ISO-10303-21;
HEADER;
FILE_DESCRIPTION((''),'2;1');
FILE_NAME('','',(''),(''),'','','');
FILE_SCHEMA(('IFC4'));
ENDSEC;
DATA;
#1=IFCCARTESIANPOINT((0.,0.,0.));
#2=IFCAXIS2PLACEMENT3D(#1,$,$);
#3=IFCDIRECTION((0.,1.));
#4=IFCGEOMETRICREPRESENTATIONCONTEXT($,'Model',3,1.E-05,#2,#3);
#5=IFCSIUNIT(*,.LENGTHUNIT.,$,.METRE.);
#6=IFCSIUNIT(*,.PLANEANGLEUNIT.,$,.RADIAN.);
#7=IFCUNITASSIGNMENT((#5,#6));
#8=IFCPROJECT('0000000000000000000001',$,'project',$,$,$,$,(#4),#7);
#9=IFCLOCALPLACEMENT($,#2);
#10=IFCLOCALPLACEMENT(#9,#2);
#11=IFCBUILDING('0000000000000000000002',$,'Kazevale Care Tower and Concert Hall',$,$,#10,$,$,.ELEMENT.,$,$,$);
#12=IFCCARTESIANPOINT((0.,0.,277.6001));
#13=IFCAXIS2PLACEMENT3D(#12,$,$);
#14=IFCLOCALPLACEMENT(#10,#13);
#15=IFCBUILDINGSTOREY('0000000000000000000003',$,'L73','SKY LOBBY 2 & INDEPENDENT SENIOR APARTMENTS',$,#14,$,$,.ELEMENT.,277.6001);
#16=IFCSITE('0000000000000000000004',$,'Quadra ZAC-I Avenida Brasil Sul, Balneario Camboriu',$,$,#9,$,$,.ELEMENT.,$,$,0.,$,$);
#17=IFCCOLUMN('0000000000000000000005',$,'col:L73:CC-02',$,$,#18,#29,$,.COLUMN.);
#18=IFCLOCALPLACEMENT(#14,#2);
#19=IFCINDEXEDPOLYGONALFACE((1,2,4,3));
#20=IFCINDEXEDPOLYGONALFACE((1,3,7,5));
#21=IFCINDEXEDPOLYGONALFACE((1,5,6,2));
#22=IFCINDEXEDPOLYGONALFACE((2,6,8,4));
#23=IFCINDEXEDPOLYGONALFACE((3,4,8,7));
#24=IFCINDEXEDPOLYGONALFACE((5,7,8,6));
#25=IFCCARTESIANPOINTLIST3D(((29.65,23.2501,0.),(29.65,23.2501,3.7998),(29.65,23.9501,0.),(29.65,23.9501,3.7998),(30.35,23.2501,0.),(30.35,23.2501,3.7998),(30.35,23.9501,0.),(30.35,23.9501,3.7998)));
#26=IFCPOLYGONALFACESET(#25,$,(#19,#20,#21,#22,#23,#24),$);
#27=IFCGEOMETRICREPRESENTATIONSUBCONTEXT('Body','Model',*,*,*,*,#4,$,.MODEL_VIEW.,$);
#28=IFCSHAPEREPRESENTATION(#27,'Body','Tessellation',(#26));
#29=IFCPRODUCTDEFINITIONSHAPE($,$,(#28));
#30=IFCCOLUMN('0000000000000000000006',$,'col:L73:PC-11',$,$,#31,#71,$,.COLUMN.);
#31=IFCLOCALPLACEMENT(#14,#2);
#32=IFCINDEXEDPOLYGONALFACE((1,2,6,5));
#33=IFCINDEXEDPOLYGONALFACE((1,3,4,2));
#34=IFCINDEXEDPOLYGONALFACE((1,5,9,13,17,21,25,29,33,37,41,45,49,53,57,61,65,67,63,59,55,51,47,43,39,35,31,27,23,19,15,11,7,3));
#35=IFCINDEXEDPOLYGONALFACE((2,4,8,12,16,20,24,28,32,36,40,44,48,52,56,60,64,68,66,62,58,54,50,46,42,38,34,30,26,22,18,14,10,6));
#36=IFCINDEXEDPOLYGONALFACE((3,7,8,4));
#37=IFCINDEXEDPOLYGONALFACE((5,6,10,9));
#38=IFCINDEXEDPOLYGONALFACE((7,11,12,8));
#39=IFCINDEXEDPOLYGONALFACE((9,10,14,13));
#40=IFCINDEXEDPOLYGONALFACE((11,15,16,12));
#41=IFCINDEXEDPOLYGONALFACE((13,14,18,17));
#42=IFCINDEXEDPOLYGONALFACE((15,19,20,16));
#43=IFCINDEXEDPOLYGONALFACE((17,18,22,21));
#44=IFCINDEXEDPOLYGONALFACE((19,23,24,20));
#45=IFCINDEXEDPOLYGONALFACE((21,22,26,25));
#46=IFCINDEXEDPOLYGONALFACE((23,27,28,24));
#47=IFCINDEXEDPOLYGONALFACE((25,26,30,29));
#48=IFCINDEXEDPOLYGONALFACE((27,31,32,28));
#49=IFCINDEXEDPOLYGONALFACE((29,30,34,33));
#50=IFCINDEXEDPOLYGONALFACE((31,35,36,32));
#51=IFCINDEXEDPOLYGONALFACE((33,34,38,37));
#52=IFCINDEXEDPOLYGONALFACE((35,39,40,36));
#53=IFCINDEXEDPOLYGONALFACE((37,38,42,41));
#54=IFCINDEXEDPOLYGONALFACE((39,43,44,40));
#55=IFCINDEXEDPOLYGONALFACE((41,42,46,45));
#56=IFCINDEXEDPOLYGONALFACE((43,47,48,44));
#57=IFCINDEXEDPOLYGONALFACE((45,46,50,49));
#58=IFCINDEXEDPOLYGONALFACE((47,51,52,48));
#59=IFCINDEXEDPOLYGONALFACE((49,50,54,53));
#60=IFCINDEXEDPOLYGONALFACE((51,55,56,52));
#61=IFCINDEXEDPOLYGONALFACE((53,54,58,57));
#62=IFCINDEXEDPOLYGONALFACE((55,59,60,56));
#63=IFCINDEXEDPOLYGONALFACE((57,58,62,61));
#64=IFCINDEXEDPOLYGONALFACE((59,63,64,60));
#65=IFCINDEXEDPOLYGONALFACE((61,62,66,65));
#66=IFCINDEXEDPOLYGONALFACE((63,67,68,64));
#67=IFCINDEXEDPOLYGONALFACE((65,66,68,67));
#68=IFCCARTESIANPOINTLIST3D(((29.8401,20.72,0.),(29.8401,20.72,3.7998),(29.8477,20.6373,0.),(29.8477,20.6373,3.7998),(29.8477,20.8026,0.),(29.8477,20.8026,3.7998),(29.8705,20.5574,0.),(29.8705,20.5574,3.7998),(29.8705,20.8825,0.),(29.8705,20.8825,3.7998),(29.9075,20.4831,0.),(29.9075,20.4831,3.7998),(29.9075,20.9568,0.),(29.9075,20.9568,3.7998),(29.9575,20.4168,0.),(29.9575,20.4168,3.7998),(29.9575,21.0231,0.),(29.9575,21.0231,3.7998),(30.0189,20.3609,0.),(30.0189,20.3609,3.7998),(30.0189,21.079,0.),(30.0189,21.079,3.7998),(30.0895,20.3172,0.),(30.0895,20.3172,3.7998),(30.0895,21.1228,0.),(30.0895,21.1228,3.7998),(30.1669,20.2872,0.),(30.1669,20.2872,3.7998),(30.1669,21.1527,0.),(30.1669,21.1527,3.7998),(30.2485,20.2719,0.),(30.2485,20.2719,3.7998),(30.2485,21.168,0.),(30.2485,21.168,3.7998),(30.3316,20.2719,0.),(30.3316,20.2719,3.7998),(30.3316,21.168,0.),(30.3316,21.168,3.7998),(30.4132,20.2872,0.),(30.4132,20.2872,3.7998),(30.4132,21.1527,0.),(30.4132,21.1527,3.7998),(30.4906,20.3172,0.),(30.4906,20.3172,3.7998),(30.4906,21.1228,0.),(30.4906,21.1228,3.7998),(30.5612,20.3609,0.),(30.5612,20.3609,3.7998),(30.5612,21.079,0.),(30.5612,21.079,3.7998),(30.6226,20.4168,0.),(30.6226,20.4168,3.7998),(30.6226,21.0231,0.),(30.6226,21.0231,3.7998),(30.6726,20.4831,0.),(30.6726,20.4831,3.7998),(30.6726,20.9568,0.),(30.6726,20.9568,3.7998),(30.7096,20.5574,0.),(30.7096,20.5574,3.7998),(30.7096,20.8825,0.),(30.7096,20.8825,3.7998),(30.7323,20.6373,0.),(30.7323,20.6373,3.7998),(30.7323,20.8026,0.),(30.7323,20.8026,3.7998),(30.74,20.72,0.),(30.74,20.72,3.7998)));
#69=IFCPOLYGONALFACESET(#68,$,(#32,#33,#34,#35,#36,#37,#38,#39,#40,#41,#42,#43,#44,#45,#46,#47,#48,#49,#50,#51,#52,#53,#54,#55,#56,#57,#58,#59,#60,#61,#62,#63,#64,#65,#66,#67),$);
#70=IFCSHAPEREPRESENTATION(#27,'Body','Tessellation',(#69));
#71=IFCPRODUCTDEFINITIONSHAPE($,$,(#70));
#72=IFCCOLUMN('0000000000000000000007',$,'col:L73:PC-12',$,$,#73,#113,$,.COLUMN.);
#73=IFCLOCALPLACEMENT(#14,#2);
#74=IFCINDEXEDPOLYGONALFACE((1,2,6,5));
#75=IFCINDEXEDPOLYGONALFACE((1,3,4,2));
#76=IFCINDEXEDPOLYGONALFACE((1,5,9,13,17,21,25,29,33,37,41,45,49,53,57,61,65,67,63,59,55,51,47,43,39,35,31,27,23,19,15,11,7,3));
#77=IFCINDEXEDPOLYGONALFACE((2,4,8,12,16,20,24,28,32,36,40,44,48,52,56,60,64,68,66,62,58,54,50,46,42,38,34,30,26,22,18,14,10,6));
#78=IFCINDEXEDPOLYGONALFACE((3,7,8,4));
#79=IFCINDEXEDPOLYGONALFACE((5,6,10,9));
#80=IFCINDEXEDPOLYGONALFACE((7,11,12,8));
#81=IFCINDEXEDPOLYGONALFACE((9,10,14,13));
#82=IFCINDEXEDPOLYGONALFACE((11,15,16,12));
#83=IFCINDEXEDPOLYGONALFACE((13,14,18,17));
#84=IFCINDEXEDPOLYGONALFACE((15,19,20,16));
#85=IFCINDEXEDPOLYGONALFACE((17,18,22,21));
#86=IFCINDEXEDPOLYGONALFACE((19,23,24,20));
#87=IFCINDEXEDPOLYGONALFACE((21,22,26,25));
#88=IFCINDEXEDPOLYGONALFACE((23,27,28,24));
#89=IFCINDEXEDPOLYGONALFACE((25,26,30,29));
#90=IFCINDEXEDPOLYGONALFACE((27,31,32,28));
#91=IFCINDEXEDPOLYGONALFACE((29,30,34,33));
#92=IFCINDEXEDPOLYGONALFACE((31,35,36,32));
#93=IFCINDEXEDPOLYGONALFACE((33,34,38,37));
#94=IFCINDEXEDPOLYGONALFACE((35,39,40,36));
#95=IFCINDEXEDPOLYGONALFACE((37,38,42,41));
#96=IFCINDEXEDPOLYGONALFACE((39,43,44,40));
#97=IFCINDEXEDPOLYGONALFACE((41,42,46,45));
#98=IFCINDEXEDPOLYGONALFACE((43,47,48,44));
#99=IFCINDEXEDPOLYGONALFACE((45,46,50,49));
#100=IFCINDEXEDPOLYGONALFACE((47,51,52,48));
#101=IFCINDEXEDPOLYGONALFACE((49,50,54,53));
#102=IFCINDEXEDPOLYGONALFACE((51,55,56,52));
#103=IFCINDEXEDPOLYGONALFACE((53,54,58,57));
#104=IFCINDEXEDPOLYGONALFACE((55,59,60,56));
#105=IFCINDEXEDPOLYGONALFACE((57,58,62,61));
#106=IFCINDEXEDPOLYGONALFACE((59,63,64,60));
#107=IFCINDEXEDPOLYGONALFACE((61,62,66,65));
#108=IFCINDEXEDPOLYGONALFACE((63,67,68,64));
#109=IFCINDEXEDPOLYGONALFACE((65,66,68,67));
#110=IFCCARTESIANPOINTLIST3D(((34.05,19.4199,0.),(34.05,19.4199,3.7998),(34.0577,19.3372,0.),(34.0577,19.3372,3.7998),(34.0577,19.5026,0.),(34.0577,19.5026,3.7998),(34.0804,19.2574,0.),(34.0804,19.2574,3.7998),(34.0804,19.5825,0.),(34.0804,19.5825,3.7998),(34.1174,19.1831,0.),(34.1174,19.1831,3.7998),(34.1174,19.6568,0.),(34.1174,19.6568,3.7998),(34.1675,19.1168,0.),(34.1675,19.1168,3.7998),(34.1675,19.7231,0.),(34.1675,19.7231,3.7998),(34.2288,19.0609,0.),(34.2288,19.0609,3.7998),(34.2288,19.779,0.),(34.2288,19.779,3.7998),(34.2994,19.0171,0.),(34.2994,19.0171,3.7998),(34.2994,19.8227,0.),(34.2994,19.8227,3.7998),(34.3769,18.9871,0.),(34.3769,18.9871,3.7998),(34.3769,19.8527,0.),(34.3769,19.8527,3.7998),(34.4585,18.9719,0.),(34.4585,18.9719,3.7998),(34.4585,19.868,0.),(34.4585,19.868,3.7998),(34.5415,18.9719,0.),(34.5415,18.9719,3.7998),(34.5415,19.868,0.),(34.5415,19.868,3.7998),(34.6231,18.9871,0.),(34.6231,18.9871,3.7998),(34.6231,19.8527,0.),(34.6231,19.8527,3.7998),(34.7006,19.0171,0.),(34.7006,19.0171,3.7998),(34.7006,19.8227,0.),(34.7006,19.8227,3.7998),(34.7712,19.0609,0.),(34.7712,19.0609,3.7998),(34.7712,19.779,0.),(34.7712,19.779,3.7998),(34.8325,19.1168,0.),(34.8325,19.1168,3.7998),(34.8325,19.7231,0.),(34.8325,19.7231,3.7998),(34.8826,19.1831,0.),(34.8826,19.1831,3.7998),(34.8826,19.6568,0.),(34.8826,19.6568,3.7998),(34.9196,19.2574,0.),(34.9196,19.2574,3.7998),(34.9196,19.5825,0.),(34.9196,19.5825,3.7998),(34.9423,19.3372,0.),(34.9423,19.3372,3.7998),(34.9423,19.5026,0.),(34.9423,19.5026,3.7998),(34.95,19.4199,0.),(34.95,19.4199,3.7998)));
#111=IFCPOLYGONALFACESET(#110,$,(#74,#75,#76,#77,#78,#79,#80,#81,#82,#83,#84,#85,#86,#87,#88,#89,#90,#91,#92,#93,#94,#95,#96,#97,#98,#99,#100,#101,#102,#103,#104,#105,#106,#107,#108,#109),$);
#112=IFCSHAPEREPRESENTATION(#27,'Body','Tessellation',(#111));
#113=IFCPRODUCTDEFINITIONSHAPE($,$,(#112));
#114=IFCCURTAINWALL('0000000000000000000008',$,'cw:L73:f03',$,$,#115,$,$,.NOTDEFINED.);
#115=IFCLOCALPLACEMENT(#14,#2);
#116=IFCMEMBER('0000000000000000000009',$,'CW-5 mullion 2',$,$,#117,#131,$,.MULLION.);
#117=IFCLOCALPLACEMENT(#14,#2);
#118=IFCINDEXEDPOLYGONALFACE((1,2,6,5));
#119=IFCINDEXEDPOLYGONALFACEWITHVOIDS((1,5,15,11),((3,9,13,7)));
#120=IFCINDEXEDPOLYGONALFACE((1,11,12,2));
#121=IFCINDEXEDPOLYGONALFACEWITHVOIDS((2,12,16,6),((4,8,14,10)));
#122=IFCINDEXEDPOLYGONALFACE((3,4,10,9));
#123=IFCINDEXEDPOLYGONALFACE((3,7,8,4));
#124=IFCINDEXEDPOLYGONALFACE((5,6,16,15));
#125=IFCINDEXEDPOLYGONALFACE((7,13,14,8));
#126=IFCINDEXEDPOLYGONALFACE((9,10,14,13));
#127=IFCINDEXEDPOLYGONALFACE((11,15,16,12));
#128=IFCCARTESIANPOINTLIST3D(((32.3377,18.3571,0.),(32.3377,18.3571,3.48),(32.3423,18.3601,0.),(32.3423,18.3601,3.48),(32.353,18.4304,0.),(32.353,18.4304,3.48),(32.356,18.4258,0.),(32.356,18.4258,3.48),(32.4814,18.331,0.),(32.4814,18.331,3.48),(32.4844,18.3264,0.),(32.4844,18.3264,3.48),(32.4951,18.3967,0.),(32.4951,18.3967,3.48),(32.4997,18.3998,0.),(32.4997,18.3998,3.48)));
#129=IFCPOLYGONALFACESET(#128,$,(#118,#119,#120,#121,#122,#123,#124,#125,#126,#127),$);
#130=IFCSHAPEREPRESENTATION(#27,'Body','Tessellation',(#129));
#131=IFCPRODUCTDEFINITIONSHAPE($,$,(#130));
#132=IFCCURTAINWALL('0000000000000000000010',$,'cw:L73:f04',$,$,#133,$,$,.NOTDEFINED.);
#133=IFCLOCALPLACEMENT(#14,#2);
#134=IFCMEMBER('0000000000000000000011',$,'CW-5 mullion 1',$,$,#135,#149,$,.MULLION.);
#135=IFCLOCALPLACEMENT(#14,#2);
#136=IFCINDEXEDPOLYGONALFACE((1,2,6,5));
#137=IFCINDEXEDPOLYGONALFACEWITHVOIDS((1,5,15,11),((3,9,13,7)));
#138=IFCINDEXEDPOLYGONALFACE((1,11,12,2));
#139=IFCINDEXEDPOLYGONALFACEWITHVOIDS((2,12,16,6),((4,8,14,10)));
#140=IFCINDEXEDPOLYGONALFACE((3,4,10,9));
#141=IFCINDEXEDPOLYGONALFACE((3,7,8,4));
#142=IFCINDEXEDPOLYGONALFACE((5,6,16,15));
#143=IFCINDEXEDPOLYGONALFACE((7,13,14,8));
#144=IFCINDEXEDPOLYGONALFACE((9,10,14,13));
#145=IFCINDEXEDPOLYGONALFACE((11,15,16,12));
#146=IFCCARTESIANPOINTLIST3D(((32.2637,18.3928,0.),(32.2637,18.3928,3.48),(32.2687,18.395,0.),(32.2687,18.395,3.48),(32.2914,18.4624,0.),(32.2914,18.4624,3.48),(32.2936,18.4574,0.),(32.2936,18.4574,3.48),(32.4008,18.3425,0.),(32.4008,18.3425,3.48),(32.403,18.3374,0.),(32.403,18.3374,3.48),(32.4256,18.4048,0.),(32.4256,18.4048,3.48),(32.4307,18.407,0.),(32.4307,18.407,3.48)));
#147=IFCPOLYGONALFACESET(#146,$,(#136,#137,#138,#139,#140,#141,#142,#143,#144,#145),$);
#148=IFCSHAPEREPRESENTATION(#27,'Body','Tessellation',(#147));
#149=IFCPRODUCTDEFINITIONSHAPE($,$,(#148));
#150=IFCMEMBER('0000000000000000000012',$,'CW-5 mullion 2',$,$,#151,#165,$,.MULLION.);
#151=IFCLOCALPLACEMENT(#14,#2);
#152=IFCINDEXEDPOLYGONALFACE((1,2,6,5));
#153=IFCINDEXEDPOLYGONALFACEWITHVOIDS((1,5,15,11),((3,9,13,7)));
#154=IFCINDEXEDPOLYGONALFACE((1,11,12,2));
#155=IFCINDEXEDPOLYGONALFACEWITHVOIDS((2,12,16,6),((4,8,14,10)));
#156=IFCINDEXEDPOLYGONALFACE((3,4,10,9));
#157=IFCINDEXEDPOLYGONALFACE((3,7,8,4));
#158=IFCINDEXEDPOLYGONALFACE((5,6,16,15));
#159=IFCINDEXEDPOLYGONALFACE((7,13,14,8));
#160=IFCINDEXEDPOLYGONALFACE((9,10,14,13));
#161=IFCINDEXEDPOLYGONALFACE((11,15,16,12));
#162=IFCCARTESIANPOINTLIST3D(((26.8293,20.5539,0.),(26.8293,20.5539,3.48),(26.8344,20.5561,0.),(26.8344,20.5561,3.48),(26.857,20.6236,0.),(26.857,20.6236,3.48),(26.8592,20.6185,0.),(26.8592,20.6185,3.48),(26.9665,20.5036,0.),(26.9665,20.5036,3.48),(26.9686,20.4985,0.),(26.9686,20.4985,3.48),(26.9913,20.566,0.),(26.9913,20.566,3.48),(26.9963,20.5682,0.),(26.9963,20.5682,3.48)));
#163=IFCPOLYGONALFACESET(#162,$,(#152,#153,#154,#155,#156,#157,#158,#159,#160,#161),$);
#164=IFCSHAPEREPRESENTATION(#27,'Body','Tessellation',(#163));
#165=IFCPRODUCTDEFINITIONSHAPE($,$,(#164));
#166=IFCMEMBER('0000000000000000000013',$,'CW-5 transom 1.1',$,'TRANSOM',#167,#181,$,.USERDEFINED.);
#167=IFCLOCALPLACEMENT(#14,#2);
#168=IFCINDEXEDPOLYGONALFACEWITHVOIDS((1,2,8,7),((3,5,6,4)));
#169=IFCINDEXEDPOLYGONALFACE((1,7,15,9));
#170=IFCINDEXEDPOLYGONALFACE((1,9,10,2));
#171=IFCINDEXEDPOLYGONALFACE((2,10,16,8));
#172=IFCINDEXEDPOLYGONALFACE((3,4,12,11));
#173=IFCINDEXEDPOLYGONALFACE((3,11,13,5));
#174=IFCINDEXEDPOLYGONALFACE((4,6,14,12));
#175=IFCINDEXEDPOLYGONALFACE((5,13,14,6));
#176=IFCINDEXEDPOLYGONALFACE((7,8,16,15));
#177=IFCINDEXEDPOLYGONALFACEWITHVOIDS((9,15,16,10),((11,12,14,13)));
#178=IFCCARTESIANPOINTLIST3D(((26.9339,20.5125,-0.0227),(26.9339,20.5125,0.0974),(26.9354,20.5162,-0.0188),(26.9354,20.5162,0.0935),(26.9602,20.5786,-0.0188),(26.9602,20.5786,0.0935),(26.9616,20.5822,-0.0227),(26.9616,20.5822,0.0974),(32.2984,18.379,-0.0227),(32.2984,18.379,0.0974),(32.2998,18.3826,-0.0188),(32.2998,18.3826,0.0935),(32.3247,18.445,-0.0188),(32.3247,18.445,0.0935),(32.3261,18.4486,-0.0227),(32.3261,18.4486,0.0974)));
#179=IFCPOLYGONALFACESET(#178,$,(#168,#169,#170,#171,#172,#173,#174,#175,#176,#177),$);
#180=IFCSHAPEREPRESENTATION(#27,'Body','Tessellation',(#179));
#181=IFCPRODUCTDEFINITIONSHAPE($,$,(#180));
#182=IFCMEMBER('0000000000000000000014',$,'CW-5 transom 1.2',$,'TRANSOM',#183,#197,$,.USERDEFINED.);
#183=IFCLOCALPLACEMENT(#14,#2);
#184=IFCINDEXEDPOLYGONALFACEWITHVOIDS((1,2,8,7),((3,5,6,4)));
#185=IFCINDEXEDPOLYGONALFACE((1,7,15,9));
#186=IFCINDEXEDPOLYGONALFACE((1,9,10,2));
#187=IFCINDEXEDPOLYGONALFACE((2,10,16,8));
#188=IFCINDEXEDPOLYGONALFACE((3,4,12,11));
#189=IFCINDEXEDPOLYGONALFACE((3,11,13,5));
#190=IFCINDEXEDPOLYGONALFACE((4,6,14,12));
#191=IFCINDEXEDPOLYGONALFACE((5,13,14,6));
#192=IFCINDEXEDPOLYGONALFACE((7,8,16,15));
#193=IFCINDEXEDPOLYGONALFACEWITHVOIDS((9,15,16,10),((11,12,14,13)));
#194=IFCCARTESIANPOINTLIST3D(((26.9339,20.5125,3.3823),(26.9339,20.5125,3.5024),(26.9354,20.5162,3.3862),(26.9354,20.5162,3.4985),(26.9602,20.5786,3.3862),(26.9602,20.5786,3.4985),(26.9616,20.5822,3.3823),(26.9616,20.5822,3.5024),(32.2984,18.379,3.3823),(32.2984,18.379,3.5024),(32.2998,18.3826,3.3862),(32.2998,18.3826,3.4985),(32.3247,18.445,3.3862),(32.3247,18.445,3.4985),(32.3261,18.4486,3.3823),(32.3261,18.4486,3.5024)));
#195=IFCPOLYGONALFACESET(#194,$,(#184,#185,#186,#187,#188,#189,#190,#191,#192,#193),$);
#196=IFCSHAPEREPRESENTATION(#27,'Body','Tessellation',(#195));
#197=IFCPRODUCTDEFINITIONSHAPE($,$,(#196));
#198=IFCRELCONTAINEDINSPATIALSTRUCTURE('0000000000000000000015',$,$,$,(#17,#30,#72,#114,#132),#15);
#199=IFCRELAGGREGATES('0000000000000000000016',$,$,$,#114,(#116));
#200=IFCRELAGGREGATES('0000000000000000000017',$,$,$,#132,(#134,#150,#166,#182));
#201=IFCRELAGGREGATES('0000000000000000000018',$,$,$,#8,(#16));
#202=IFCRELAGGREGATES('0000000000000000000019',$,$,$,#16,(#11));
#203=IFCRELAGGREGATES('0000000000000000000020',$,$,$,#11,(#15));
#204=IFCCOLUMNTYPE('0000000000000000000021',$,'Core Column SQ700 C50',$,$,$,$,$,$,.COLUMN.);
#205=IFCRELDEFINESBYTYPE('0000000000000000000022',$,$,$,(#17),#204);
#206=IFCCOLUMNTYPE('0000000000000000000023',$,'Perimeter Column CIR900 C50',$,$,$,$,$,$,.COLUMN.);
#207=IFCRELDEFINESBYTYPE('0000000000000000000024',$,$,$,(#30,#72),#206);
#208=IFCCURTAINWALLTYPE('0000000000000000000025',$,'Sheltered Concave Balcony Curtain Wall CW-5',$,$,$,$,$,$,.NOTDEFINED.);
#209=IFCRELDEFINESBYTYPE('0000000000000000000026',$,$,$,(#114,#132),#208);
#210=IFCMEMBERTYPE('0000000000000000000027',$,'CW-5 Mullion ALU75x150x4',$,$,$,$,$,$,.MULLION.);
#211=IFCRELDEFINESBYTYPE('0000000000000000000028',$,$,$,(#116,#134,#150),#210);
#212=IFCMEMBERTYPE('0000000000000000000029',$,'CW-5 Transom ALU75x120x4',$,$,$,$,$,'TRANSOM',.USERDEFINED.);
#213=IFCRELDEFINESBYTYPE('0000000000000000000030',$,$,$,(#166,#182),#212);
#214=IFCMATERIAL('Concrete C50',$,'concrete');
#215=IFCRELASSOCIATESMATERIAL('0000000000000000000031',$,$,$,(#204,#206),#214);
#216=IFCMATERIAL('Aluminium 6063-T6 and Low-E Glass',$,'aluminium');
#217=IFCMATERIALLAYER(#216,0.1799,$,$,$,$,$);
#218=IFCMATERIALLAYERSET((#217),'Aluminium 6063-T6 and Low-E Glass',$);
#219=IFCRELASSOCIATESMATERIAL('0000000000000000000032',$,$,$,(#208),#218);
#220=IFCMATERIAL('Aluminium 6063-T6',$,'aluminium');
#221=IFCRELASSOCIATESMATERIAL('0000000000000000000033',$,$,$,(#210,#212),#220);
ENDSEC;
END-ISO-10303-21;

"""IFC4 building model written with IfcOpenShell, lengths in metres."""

from ifc_helpers import new_model, si_unit, direction, frame, origin, origin_2d, place, context, subcontext, project, spatial, rectangle, hollow_rectangle, circle, extrude, material, layer, layer_set, material_profile, profile_set, type_object, element, aggregate, save


model = new_model("IFC4")

# Units and contexts
model_context = context("Model", 3, precision=1e-05, world=origin(), true_north=direction((0.0, 1.0)))
body_context = subcontext(model_context, "Body", "Model", "MODEL_VIEW")
ifc_project = project(units=[si_unit("LENGTHUNIT", "METRE"), si_unit("PLANEANGLEUNIT", "RADIAN")], contexts=[model_context])

# Site, building, storey
site_placement = place(None, origin())
site = spatial("IfcSite", under=ifc_project, at=site_placement, Name="Quadra ZAC-I Avenida Brasil Sul, Balneario Camboriu", CompositionType="ELEMENT", RefElevation=0.0)
building_placement = place(site_placement, origin())
building = spatial("IfcBuilding", under=site, at=building_placement, Name="Kazevale Care Tower and Concert Hall", CompositionType="ELEMENT")
storey_placement = place(building_placement, frame((0.0, 0.0, 277.6001)))
storey = spatial("IfcBuildingStorey", under=building, at=storey_placement, Name="L73", Description="SKY LOBBY 2 & INDEPENDENT SENIOR APARTMENTS", CompositionType="ELEMENT", Elevation=277.6001)

# Columns
ifc_material_1 = material(Name="Concrete C50", Category="concrete")
ifc_material_profile_1 = material_profile(ifc_material_1, rectangle(XDim=0.7, YDim=0.7, at=origin_2d()), Name="RC-SQ700")
ifc_profile_set_1 = profile_set([ifc_material_profile_1], Name="Concrete C50")
column_type_1 = type_object("IfcColumnType", Name="Core Column SQ700 C50", PredefinedType="COLUMN", material=ifc_profile_set_1)
column_placement = place(storey_placement, frame((30.0, 23.6001, 0.0), z_axis=(0.0, 0.0, 1.0), x_axis=(1.0, 0.0, 0.0)))
element("IfcColumn", 1, at=column_placement, inside=storey, type_object=column_type_1, Name="col:L73:CC-02", PredefinedType="COLUMN", context=body_context, shape_type="SweptSolid", body=[
    extrude(rectangle(XDim=0.7, YDim=0.7, at=origin_2d()), origin(), (0.0, 0.0, 1.0), 3.7998),
])
ifc_material_profile_2 = material_profile(ifc_material_1, circle(Radius=0.45, at=origin_2d()), Name="RC-CIR900")
ifc_profile_set_2 = profile_set([ifc_material_profile_2], Name="Concrete C50")
column_type_2 = type_object("IfcColumnType", Name="Perimeter Column CIR900 C50", PredefinedType="COLUMN", material=ifc_profile_set_2)
for number, where, z_axis, x_axis, name in (
    (2, (30.29, 20.72, 0.0), (0.0, 0.0, 1.0), (1.0, 0.0, 0.0), "col:L73:PC-11"),
    (3, (34.5, 19.4199, 0.0), (0.0, 0.0, 1.0), (1.0, 0.0, 0.0), "col:L73:PC-12"),
):
    element("IfcColumn", number, at=place(storey_placement, frame(where, z_axis=z_axis, x_axis=x_axis)), inside=storey, type_object=column_type_2, Name=name, PredefinedType="COLUMN", context=body_context, shape_type="SweptSolid", body=[
        extrude(circle(Radius=0.45, at=origin_2d()), origin(), (0.0, 0.0, 1.0), 3.7998),
    ])

# Curtain wall, member
ifc_material_2 = material(Name="Aluminium 6063-T6 and Low-E Glass", Category="aluminium")
ifc_layer_1 = layer(ifc_material_2, 0.1799)
ifc_layer_set_1 = layer_set([ifc_layer_1], Name="Aluminium 6063-T6 and Low-E Glass")
curtain_wall_type = type_object("IfcCurtainWallType", Name="Sheltered Concave Balcony Curtain Wall CW-5", PredefinedType="NOTDEFINED", material=ifc_layer_set_1)
curtain_wall_1_placement = place(storey_placement, origin())
curtain_wall_1 = element("IfcCurtainWall", 4, at=curtain_wall_1_placement, inside=storey, type_object=curtain_wall_type, Name="cw:L73:f03", PredefinedType="NOTDEFINED")
ifc_material_3 = material(Name="Aluminium 6063-T6", Category="aluminium")
ifc_material_profile_3 = material_profile(ifc_material_3, hollow_rectangle(XDim=0.075, YDim=0.1499, WallThickness=0.0039, at=origin_2d()), Name="ALU75x150x4")
ifc_profile_set_3 = profile_set([ifc_material_profile_3], Name="Aluminium 6063-T6")
member_type_1 = type_object("IfcMemberType", Name="CW-5 Mullion ALU75x150x4", PredefinedType="MULLION", material=ifc_profile_set_3)
member_1_placement = place(storey_placement, frame((32.4187, 18.3784, 0.0), z_axis=(0.0, 0.0, 1.0), x_axis=(-0.204565, -0.978853, 0.0)))
member_1 = element("IfcMember", 5, at=member_1_placement, type_object=member_type_1, Name="CW-5 mullion 2", PredefinedType="MULLION", context=body_context, shape_type="SweptSolid", body=[
    extrude(hollow_rectangle(XDim=0.075, YDim=0.1499, WallThickness=0.0039, at=origin_2d()), origin(), (0.0, 0.0, 1.0), 3.48),
])

# Curtain wall, members
curtain_wall_2_placement = place(storey_placement, origin())
curtain_wall_2 = element("IfcCurtainWall", 6, at=curtain_wall_2_placement, inside=storey, type_object=curtain_wall_type, Name="cw:L73:f04", PredefinedType="NOTDEFINED")
member_2_placement = place(storey_placement, frame((32.3472, 18.3999, 0.0), z_axis=(0.0, 0.0, 1.0), x_axis=(-0.369556, -0.929208, 0.0)))
member_2 = element("IfcMember", 7, at=member_2_placement, type_object=member_type_1, Name="CW-5 mullion 1", PredefinedType="MULLION", context=body_context, shape_type="SweptSolid", body=[
    extrude(hollow_rectangle(XDim=0.075, YDim=0.1499, WallThickness=0.0039, at=origin_2d()), origin(), (0.0, 0.0, 1.0), 3.48),
])
member_3_placement = place(storey_placement, frame((26.9128, 20.561, 0.0), z_axis=(0.0, 0.0, 1.0), x_axis=(-0.369556, -0.929208, 0.0)))
member_3 = element("IfcMember", 8, at=member_3_placement, type_object=member_type_1, Name="CW-5 mullion 2", PredefinedType="MULLION", context=body_context, shape_type="SweptSolid", body=[
    extrude(hollow_rectangle(XDim=0.075, YDim=0.1499, WallThickness=0.0039, at=origin_2d()), origin(), (0.0, 0.0, 1.0), 3.48),
])
ifc_material_profile_4 = material_profile(ifc_material_3, hollow_rectangle(XDim=0.075, YDim=0.1201, WallThickness=0.0039, at=origin_2d()), Name="ALU75x120x4")
ifc_profile_set_4 = profile_set([ifc_material_profile_4], Name="Aluminium 6063-T6")
member_type_2 = type_object("IfcMemberType", Name="CW-5 Transom ALU75x120x4", ElementType="TRANSOM", PredefinedType="USERDEFINED", material=ifc_profile_set_4)
member_4_placement = place(storey_placement, frame((32.3123, 18.4138, 0.0374), z_axis=(-0.929207, 0.36956, 0.0), x_axis=(-0.36956, -0.929207, 0.0)))
member_4 = element("IfcMember", 9, at=member_4_placement, type_object=member_type_2, Name="CW-5 transom 1.1", ObjectType="TRANSOM", PredefinedType="USERDEFINED", context=body_context, shape_type="SweptSolid", body=[
    extrude(hollow_rectangle(XDim=0.075, YDim=0.1201, WallThickness=0.0039, at=origin_2d()), origin(), (0.0, 0.0, 1.0), 5.7732),
])
member_5_placement = place(storey_placement, frame((32.3123, 18.4138, 3.4424), z_axis=(-0.929207, 0.36956, 0.0), x_axis=(-0.36956, -0.929207, 0.0)))
member_5 = element("IfcMember", 10, at=member_5_placement, type_object=member_type_2, Name="CW-5 transom 1.2", ObjectType="TRANSOM", PredefinedType="USERDEFINED", context=body_context, shape_type="SweptSolid", body=[
    extrude(hollow_rectangle(XDim=0.075, YDim=0.1201, WallThickness=0.0039, at=origin_2d()), origin(), (0.0, 0.0, 1.0), 5.7732),
])

aggregate(curtain_wall_1, [member_1])
aggregate(curtain_wall_2, [member_2, member_3, member_4, member_5])

save(model, "model.ifc")
